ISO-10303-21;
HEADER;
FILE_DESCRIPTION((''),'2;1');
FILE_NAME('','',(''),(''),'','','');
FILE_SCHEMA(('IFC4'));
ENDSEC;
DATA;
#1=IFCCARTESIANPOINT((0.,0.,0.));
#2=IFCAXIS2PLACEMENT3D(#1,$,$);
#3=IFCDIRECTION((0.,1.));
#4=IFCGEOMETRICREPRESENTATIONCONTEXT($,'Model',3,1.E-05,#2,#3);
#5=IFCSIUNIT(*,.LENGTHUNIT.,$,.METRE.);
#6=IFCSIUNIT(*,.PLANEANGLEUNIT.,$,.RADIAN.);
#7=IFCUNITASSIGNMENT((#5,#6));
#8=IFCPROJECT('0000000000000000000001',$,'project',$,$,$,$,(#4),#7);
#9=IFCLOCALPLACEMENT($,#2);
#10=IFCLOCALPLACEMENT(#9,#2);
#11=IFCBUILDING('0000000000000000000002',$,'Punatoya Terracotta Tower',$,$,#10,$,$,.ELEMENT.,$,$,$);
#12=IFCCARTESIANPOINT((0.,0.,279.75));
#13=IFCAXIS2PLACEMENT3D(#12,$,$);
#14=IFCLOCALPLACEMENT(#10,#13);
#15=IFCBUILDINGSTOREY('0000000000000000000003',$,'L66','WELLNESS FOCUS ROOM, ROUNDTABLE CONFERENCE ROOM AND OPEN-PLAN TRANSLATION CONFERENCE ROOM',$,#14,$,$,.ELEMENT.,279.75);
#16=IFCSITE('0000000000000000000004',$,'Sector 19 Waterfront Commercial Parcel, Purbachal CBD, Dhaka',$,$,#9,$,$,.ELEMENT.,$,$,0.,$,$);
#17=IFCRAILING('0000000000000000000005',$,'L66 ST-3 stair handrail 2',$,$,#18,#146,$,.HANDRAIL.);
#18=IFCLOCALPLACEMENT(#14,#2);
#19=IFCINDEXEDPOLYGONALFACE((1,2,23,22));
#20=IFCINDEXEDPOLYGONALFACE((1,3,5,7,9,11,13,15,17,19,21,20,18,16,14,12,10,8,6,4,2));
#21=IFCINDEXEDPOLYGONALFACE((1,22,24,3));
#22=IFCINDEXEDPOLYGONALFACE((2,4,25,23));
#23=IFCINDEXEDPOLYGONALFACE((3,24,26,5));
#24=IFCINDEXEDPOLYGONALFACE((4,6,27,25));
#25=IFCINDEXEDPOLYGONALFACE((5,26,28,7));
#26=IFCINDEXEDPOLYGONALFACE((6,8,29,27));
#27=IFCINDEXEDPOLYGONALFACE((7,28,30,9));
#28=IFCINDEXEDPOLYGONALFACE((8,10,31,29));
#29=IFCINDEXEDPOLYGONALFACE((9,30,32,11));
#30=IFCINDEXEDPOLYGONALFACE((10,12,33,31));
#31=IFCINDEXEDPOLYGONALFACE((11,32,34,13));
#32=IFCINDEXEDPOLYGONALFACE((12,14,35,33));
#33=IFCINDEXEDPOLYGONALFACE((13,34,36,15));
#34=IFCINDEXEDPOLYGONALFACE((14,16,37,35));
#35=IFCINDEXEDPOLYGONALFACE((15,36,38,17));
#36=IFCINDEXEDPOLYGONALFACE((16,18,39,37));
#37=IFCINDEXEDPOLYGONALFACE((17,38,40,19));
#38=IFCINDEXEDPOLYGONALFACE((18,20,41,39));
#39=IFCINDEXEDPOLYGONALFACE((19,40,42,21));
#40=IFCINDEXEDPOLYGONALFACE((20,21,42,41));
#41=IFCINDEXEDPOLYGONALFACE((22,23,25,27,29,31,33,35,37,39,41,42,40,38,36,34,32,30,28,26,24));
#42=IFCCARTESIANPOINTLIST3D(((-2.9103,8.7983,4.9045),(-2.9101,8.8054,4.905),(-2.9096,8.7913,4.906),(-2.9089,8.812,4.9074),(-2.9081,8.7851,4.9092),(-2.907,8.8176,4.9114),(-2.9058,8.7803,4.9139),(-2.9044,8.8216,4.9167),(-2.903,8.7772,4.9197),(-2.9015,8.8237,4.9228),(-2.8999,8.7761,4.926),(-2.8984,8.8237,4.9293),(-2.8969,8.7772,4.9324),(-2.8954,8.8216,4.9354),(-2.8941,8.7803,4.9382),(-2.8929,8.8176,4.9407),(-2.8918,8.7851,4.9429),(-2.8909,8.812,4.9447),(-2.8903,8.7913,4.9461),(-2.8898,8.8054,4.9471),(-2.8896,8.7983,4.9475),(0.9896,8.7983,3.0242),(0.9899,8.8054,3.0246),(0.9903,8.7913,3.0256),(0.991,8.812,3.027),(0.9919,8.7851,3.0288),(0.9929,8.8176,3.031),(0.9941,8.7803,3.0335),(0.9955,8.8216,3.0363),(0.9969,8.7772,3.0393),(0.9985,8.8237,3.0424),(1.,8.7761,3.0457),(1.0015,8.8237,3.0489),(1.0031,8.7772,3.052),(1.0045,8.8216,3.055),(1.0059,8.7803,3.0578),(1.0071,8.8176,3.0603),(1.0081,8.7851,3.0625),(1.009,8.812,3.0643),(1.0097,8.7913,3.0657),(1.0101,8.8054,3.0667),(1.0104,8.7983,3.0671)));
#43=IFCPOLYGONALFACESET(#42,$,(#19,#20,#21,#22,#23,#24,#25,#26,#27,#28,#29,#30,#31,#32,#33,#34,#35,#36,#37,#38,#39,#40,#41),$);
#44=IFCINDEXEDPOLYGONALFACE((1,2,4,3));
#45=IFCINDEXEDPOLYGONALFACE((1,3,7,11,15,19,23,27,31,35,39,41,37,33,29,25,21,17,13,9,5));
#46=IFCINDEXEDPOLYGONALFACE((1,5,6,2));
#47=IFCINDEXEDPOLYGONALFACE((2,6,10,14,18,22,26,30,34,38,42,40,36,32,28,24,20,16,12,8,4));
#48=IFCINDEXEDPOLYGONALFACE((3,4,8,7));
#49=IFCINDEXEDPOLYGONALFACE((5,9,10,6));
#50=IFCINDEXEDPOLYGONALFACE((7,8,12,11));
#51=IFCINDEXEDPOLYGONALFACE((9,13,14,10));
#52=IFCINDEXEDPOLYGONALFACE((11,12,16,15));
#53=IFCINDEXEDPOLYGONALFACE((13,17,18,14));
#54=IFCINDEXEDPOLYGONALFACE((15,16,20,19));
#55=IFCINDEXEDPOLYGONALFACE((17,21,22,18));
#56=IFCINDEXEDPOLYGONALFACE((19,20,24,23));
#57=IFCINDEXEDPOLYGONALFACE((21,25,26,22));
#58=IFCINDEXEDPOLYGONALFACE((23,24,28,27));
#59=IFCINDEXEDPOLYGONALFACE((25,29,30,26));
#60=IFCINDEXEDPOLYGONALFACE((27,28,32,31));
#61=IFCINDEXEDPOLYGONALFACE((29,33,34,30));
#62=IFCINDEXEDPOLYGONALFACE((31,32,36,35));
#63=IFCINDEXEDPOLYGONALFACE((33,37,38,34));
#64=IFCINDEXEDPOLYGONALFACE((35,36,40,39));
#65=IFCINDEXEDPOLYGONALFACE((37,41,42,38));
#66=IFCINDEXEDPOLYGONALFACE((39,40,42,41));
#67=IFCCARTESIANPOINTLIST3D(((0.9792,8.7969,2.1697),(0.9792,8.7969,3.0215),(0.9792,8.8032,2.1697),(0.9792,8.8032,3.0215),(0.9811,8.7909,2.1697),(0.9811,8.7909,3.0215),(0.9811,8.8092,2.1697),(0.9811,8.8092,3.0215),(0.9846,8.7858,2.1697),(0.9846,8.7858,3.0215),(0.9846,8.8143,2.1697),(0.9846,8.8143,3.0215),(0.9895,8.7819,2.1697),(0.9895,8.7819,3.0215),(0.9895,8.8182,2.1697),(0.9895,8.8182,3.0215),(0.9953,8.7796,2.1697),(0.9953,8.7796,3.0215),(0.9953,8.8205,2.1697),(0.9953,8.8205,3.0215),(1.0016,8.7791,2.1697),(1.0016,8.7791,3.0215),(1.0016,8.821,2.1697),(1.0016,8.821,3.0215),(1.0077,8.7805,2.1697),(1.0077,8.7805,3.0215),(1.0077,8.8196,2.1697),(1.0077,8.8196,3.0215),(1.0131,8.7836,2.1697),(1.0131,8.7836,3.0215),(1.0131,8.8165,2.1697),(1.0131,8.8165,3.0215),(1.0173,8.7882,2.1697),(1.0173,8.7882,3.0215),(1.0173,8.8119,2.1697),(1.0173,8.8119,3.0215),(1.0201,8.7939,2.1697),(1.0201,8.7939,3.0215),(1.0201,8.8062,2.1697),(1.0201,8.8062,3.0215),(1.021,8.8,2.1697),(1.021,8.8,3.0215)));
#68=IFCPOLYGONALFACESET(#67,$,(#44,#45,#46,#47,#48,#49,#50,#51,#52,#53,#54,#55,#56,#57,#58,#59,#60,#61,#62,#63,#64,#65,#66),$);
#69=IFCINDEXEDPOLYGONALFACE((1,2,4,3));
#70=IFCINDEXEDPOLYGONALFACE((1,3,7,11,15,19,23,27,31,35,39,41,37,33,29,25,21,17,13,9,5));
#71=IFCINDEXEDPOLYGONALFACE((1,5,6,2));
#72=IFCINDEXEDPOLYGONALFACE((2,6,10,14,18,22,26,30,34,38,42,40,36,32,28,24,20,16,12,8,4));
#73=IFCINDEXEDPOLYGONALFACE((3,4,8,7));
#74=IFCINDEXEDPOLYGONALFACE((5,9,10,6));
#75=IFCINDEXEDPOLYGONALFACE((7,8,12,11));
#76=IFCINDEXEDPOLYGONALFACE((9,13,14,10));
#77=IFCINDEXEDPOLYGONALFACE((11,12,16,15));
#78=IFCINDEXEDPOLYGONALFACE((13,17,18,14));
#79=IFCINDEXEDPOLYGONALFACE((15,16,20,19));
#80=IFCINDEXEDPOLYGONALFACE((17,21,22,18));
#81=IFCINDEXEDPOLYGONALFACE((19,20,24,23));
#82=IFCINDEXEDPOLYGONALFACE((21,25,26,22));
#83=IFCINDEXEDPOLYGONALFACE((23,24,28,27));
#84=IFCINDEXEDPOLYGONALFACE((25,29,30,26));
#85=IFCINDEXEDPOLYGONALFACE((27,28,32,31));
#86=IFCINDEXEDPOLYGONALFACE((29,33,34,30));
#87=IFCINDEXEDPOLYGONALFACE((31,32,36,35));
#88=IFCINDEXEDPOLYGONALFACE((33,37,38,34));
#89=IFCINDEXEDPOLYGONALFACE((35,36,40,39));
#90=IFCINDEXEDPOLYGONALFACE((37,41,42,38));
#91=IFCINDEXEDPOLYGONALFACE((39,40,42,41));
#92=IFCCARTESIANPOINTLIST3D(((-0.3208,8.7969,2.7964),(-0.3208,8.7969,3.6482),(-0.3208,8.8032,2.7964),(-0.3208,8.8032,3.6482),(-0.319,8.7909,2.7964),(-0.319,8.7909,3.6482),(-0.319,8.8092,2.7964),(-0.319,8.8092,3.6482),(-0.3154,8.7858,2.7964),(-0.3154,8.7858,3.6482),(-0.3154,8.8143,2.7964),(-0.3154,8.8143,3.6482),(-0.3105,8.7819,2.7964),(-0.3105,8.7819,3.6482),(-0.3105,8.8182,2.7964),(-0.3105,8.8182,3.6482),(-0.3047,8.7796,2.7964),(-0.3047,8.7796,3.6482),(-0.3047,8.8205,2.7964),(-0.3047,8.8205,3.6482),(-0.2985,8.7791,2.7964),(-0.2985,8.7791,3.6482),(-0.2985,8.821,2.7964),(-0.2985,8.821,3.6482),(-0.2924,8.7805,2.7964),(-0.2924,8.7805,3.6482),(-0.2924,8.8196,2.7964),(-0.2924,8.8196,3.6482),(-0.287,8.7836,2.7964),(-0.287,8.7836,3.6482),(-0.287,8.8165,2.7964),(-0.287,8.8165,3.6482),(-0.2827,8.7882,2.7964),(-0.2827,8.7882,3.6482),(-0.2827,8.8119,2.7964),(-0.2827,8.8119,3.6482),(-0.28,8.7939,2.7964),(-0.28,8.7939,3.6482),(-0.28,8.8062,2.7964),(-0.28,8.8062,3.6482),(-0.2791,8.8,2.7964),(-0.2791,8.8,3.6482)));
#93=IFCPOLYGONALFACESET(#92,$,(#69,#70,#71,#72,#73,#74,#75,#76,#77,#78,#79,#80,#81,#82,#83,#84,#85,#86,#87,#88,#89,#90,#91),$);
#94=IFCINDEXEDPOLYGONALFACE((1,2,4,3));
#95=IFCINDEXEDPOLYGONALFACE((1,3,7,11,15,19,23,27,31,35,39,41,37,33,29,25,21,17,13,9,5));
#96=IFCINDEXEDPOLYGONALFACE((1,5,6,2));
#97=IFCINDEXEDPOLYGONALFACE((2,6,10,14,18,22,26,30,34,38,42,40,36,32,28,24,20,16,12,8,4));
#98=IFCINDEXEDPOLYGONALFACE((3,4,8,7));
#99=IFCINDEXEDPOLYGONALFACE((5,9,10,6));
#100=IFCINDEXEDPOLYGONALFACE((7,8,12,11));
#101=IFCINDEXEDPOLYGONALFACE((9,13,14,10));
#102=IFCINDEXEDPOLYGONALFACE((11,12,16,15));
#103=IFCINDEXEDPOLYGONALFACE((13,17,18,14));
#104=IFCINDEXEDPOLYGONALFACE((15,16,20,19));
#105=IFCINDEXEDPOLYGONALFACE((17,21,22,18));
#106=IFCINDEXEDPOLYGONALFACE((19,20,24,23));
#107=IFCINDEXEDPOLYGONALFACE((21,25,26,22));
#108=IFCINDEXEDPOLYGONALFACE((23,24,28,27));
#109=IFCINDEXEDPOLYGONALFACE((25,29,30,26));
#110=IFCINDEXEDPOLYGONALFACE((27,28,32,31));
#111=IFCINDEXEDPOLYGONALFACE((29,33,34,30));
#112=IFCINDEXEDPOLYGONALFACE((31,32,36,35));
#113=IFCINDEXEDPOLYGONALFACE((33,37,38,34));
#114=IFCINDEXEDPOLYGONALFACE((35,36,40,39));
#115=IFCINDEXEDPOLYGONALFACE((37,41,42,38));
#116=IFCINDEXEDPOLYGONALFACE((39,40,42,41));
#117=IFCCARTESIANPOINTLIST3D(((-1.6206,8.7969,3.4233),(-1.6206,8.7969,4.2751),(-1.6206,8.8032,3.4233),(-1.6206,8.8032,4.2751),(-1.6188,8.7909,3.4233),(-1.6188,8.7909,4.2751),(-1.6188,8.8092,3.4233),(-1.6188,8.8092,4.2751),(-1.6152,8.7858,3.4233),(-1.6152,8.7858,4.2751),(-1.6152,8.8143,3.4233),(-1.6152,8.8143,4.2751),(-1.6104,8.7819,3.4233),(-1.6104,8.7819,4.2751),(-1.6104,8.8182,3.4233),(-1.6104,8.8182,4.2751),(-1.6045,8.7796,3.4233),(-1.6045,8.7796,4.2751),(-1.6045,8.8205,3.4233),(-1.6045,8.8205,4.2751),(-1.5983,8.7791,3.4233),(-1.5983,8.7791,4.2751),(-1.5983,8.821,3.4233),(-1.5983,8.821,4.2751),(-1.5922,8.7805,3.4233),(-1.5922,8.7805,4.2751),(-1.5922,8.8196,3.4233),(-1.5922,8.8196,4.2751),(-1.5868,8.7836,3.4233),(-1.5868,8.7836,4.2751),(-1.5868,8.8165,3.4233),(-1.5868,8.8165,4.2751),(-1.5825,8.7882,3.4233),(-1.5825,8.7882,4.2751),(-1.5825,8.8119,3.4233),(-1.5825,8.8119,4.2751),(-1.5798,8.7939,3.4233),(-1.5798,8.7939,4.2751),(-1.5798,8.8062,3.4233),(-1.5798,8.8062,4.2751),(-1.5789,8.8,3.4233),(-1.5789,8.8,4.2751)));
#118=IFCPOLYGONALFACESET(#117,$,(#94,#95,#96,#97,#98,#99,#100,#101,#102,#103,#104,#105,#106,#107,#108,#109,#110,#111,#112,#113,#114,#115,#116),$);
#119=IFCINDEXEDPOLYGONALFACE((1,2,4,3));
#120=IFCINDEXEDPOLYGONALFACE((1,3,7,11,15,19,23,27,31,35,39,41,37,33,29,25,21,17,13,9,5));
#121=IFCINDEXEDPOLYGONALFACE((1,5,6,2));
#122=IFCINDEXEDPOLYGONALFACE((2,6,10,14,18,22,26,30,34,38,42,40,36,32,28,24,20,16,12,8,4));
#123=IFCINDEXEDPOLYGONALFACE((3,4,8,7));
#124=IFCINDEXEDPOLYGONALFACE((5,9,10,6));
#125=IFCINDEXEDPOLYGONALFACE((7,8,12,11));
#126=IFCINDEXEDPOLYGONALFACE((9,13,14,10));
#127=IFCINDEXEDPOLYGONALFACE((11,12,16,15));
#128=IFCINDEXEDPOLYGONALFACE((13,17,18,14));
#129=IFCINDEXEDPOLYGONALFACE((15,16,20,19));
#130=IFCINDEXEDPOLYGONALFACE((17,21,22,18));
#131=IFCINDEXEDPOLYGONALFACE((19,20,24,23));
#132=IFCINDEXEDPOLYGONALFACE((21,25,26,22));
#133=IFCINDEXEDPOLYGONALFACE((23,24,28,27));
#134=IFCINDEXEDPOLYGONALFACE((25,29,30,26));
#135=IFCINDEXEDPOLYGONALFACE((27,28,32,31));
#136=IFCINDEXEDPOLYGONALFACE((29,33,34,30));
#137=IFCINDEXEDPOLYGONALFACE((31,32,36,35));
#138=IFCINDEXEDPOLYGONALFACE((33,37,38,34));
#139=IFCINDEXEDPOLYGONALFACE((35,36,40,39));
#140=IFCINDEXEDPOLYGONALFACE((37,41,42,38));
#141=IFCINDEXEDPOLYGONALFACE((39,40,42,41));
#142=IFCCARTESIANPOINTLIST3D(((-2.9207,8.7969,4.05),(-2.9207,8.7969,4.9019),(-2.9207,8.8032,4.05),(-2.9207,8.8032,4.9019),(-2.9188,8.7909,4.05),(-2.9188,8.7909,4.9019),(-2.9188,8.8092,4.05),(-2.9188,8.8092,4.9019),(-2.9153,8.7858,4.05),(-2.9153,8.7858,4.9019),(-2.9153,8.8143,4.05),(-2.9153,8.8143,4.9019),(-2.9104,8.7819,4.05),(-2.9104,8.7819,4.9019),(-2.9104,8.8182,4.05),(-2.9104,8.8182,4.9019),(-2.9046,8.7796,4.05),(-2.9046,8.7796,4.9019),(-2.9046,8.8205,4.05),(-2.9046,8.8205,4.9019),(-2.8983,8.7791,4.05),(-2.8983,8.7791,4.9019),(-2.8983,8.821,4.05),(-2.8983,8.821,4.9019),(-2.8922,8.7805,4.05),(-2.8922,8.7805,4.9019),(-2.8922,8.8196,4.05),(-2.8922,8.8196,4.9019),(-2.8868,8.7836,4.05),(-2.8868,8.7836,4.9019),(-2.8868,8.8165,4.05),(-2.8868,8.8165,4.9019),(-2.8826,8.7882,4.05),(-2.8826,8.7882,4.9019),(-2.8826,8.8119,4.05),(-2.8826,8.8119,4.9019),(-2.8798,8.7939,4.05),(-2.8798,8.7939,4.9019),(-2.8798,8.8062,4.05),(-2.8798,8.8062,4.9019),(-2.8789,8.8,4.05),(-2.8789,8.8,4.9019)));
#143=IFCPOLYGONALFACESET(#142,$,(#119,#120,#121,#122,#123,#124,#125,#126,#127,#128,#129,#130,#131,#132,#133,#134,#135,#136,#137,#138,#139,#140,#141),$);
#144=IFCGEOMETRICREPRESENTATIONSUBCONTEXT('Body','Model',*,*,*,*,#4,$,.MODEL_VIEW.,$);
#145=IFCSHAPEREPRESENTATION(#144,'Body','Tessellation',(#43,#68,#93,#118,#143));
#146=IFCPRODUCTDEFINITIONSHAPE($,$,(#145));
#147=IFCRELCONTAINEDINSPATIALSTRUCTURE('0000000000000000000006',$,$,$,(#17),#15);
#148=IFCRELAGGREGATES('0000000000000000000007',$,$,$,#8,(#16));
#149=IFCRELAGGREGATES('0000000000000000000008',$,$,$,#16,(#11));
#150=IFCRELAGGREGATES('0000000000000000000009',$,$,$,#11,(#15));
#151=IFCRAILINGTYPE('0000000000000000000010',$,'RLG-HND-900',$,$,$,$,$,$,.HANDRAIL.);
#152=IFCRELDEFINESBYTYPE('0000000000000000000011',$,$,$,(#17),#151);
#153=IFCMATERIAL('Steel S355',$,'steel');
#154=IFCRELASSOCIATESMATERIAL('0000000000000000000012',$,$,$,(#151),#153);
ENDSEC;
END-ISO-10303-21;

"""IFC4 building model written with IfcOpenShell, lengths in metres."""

from ifc_helpers import new_model, si_unit, direction, frame, origin, origin_2d, place, context, subcontext, project, spatial, circle, extrude, material, type_object, element, save


model = new_model("IFC4")

# Units and contexts
model_context = context("Model", 3, precision=1e-05, world=origin(), true_north=direction((0.0, 1.0)))
body_context = subcontext(model_context, "Body", "Model", "MODEL_VIEW")
ifc_project = project(units=[si_unit("LENGTHUNIT", "METRE"), si_unit("PLANEANGLEUNIT", "RADIAN")], contexts=[model_context])

# Site, building, storey
site_placement = place(None, origin())
site = spatial("IfcSite", under=ifc_project, at=site_placement, Name="Sector 19 Waterfront Commercial Parcel, Purbachal CBD, Dhaka", CompositionType="ELEMENT", RefElevation=0.0)
building_placement = place(site_placement, origin())
building = spatial("IfcBuilding", under=site, at=building_placement, Name="Punatoya Terracotta Tower", CompositionType="ELEMENT")
storey_placement = place(building_placement, frame((0.0, 0.0, 279.75)))
storey = spatial("IfcBuildingStorey", under=building, at=storey_placement, Name="L66", Description="WELLNESS FOCUS ROOM, ROUNDTABLE CONFERENCE ROOM AND OPEN-PLAN TRANSLATION CONFERENCE ROOM", CompositionType="ELEMENT", Elevation=279.75)

# Shared definitions
ifc_material_1 = material(Name="Steel S355", Category="steel")

# Railing
railing_type_1 = type_object("IfcRailingType", Name="RLG-HND-900", PredefinedType="HANDRAIL", material=ifc_material_1)
railing_1_placement = place(storey_placement, frame((1.0, 8.8, 2.1697)))
element("IfcRailing", 1, at=railing_1_placement, inside=storey, type_object=railing_type_1, Name="L66 ST-3 stair handrail 2", PredefinedType="HANDRAIL", context=body_context, shape_type="SweptSolid", body=[
    extrude(circle(Radius=0.0239, at=origin_2d()), frame((0.0, 0.0, 0.876), z_axis=(-0.900763, 0.0, 0.434311), x_axis=(0.0, -1.0, 0.0)), (0.0, 0.0, 1.0), 4.3296),
    extrude(circle(Radius=0.021, at=origin_2d()), origin(), (0.0, 0.0, 1.0), 0.8518),
    extrude(circle(Radius=0.021, at=origin_2d()), frame((-1.3, 0.0, 0.6267)), (0.0, 0.0, 1.0), 0.8518),
    extrude(circle(Radius=0.021, at=origin_2d()), frame((-2.5999, 0.0, 1.2537)), (0.0, 0.0, 1.0), 0.8518),
    extrude(circle(Radius=0.021, at=origin_2d()), frame((-3.8999, 0.0, 1.8804)), (0.0, 0.0, 1.0), 0.8518),
])

save(model, "model.ifc")
